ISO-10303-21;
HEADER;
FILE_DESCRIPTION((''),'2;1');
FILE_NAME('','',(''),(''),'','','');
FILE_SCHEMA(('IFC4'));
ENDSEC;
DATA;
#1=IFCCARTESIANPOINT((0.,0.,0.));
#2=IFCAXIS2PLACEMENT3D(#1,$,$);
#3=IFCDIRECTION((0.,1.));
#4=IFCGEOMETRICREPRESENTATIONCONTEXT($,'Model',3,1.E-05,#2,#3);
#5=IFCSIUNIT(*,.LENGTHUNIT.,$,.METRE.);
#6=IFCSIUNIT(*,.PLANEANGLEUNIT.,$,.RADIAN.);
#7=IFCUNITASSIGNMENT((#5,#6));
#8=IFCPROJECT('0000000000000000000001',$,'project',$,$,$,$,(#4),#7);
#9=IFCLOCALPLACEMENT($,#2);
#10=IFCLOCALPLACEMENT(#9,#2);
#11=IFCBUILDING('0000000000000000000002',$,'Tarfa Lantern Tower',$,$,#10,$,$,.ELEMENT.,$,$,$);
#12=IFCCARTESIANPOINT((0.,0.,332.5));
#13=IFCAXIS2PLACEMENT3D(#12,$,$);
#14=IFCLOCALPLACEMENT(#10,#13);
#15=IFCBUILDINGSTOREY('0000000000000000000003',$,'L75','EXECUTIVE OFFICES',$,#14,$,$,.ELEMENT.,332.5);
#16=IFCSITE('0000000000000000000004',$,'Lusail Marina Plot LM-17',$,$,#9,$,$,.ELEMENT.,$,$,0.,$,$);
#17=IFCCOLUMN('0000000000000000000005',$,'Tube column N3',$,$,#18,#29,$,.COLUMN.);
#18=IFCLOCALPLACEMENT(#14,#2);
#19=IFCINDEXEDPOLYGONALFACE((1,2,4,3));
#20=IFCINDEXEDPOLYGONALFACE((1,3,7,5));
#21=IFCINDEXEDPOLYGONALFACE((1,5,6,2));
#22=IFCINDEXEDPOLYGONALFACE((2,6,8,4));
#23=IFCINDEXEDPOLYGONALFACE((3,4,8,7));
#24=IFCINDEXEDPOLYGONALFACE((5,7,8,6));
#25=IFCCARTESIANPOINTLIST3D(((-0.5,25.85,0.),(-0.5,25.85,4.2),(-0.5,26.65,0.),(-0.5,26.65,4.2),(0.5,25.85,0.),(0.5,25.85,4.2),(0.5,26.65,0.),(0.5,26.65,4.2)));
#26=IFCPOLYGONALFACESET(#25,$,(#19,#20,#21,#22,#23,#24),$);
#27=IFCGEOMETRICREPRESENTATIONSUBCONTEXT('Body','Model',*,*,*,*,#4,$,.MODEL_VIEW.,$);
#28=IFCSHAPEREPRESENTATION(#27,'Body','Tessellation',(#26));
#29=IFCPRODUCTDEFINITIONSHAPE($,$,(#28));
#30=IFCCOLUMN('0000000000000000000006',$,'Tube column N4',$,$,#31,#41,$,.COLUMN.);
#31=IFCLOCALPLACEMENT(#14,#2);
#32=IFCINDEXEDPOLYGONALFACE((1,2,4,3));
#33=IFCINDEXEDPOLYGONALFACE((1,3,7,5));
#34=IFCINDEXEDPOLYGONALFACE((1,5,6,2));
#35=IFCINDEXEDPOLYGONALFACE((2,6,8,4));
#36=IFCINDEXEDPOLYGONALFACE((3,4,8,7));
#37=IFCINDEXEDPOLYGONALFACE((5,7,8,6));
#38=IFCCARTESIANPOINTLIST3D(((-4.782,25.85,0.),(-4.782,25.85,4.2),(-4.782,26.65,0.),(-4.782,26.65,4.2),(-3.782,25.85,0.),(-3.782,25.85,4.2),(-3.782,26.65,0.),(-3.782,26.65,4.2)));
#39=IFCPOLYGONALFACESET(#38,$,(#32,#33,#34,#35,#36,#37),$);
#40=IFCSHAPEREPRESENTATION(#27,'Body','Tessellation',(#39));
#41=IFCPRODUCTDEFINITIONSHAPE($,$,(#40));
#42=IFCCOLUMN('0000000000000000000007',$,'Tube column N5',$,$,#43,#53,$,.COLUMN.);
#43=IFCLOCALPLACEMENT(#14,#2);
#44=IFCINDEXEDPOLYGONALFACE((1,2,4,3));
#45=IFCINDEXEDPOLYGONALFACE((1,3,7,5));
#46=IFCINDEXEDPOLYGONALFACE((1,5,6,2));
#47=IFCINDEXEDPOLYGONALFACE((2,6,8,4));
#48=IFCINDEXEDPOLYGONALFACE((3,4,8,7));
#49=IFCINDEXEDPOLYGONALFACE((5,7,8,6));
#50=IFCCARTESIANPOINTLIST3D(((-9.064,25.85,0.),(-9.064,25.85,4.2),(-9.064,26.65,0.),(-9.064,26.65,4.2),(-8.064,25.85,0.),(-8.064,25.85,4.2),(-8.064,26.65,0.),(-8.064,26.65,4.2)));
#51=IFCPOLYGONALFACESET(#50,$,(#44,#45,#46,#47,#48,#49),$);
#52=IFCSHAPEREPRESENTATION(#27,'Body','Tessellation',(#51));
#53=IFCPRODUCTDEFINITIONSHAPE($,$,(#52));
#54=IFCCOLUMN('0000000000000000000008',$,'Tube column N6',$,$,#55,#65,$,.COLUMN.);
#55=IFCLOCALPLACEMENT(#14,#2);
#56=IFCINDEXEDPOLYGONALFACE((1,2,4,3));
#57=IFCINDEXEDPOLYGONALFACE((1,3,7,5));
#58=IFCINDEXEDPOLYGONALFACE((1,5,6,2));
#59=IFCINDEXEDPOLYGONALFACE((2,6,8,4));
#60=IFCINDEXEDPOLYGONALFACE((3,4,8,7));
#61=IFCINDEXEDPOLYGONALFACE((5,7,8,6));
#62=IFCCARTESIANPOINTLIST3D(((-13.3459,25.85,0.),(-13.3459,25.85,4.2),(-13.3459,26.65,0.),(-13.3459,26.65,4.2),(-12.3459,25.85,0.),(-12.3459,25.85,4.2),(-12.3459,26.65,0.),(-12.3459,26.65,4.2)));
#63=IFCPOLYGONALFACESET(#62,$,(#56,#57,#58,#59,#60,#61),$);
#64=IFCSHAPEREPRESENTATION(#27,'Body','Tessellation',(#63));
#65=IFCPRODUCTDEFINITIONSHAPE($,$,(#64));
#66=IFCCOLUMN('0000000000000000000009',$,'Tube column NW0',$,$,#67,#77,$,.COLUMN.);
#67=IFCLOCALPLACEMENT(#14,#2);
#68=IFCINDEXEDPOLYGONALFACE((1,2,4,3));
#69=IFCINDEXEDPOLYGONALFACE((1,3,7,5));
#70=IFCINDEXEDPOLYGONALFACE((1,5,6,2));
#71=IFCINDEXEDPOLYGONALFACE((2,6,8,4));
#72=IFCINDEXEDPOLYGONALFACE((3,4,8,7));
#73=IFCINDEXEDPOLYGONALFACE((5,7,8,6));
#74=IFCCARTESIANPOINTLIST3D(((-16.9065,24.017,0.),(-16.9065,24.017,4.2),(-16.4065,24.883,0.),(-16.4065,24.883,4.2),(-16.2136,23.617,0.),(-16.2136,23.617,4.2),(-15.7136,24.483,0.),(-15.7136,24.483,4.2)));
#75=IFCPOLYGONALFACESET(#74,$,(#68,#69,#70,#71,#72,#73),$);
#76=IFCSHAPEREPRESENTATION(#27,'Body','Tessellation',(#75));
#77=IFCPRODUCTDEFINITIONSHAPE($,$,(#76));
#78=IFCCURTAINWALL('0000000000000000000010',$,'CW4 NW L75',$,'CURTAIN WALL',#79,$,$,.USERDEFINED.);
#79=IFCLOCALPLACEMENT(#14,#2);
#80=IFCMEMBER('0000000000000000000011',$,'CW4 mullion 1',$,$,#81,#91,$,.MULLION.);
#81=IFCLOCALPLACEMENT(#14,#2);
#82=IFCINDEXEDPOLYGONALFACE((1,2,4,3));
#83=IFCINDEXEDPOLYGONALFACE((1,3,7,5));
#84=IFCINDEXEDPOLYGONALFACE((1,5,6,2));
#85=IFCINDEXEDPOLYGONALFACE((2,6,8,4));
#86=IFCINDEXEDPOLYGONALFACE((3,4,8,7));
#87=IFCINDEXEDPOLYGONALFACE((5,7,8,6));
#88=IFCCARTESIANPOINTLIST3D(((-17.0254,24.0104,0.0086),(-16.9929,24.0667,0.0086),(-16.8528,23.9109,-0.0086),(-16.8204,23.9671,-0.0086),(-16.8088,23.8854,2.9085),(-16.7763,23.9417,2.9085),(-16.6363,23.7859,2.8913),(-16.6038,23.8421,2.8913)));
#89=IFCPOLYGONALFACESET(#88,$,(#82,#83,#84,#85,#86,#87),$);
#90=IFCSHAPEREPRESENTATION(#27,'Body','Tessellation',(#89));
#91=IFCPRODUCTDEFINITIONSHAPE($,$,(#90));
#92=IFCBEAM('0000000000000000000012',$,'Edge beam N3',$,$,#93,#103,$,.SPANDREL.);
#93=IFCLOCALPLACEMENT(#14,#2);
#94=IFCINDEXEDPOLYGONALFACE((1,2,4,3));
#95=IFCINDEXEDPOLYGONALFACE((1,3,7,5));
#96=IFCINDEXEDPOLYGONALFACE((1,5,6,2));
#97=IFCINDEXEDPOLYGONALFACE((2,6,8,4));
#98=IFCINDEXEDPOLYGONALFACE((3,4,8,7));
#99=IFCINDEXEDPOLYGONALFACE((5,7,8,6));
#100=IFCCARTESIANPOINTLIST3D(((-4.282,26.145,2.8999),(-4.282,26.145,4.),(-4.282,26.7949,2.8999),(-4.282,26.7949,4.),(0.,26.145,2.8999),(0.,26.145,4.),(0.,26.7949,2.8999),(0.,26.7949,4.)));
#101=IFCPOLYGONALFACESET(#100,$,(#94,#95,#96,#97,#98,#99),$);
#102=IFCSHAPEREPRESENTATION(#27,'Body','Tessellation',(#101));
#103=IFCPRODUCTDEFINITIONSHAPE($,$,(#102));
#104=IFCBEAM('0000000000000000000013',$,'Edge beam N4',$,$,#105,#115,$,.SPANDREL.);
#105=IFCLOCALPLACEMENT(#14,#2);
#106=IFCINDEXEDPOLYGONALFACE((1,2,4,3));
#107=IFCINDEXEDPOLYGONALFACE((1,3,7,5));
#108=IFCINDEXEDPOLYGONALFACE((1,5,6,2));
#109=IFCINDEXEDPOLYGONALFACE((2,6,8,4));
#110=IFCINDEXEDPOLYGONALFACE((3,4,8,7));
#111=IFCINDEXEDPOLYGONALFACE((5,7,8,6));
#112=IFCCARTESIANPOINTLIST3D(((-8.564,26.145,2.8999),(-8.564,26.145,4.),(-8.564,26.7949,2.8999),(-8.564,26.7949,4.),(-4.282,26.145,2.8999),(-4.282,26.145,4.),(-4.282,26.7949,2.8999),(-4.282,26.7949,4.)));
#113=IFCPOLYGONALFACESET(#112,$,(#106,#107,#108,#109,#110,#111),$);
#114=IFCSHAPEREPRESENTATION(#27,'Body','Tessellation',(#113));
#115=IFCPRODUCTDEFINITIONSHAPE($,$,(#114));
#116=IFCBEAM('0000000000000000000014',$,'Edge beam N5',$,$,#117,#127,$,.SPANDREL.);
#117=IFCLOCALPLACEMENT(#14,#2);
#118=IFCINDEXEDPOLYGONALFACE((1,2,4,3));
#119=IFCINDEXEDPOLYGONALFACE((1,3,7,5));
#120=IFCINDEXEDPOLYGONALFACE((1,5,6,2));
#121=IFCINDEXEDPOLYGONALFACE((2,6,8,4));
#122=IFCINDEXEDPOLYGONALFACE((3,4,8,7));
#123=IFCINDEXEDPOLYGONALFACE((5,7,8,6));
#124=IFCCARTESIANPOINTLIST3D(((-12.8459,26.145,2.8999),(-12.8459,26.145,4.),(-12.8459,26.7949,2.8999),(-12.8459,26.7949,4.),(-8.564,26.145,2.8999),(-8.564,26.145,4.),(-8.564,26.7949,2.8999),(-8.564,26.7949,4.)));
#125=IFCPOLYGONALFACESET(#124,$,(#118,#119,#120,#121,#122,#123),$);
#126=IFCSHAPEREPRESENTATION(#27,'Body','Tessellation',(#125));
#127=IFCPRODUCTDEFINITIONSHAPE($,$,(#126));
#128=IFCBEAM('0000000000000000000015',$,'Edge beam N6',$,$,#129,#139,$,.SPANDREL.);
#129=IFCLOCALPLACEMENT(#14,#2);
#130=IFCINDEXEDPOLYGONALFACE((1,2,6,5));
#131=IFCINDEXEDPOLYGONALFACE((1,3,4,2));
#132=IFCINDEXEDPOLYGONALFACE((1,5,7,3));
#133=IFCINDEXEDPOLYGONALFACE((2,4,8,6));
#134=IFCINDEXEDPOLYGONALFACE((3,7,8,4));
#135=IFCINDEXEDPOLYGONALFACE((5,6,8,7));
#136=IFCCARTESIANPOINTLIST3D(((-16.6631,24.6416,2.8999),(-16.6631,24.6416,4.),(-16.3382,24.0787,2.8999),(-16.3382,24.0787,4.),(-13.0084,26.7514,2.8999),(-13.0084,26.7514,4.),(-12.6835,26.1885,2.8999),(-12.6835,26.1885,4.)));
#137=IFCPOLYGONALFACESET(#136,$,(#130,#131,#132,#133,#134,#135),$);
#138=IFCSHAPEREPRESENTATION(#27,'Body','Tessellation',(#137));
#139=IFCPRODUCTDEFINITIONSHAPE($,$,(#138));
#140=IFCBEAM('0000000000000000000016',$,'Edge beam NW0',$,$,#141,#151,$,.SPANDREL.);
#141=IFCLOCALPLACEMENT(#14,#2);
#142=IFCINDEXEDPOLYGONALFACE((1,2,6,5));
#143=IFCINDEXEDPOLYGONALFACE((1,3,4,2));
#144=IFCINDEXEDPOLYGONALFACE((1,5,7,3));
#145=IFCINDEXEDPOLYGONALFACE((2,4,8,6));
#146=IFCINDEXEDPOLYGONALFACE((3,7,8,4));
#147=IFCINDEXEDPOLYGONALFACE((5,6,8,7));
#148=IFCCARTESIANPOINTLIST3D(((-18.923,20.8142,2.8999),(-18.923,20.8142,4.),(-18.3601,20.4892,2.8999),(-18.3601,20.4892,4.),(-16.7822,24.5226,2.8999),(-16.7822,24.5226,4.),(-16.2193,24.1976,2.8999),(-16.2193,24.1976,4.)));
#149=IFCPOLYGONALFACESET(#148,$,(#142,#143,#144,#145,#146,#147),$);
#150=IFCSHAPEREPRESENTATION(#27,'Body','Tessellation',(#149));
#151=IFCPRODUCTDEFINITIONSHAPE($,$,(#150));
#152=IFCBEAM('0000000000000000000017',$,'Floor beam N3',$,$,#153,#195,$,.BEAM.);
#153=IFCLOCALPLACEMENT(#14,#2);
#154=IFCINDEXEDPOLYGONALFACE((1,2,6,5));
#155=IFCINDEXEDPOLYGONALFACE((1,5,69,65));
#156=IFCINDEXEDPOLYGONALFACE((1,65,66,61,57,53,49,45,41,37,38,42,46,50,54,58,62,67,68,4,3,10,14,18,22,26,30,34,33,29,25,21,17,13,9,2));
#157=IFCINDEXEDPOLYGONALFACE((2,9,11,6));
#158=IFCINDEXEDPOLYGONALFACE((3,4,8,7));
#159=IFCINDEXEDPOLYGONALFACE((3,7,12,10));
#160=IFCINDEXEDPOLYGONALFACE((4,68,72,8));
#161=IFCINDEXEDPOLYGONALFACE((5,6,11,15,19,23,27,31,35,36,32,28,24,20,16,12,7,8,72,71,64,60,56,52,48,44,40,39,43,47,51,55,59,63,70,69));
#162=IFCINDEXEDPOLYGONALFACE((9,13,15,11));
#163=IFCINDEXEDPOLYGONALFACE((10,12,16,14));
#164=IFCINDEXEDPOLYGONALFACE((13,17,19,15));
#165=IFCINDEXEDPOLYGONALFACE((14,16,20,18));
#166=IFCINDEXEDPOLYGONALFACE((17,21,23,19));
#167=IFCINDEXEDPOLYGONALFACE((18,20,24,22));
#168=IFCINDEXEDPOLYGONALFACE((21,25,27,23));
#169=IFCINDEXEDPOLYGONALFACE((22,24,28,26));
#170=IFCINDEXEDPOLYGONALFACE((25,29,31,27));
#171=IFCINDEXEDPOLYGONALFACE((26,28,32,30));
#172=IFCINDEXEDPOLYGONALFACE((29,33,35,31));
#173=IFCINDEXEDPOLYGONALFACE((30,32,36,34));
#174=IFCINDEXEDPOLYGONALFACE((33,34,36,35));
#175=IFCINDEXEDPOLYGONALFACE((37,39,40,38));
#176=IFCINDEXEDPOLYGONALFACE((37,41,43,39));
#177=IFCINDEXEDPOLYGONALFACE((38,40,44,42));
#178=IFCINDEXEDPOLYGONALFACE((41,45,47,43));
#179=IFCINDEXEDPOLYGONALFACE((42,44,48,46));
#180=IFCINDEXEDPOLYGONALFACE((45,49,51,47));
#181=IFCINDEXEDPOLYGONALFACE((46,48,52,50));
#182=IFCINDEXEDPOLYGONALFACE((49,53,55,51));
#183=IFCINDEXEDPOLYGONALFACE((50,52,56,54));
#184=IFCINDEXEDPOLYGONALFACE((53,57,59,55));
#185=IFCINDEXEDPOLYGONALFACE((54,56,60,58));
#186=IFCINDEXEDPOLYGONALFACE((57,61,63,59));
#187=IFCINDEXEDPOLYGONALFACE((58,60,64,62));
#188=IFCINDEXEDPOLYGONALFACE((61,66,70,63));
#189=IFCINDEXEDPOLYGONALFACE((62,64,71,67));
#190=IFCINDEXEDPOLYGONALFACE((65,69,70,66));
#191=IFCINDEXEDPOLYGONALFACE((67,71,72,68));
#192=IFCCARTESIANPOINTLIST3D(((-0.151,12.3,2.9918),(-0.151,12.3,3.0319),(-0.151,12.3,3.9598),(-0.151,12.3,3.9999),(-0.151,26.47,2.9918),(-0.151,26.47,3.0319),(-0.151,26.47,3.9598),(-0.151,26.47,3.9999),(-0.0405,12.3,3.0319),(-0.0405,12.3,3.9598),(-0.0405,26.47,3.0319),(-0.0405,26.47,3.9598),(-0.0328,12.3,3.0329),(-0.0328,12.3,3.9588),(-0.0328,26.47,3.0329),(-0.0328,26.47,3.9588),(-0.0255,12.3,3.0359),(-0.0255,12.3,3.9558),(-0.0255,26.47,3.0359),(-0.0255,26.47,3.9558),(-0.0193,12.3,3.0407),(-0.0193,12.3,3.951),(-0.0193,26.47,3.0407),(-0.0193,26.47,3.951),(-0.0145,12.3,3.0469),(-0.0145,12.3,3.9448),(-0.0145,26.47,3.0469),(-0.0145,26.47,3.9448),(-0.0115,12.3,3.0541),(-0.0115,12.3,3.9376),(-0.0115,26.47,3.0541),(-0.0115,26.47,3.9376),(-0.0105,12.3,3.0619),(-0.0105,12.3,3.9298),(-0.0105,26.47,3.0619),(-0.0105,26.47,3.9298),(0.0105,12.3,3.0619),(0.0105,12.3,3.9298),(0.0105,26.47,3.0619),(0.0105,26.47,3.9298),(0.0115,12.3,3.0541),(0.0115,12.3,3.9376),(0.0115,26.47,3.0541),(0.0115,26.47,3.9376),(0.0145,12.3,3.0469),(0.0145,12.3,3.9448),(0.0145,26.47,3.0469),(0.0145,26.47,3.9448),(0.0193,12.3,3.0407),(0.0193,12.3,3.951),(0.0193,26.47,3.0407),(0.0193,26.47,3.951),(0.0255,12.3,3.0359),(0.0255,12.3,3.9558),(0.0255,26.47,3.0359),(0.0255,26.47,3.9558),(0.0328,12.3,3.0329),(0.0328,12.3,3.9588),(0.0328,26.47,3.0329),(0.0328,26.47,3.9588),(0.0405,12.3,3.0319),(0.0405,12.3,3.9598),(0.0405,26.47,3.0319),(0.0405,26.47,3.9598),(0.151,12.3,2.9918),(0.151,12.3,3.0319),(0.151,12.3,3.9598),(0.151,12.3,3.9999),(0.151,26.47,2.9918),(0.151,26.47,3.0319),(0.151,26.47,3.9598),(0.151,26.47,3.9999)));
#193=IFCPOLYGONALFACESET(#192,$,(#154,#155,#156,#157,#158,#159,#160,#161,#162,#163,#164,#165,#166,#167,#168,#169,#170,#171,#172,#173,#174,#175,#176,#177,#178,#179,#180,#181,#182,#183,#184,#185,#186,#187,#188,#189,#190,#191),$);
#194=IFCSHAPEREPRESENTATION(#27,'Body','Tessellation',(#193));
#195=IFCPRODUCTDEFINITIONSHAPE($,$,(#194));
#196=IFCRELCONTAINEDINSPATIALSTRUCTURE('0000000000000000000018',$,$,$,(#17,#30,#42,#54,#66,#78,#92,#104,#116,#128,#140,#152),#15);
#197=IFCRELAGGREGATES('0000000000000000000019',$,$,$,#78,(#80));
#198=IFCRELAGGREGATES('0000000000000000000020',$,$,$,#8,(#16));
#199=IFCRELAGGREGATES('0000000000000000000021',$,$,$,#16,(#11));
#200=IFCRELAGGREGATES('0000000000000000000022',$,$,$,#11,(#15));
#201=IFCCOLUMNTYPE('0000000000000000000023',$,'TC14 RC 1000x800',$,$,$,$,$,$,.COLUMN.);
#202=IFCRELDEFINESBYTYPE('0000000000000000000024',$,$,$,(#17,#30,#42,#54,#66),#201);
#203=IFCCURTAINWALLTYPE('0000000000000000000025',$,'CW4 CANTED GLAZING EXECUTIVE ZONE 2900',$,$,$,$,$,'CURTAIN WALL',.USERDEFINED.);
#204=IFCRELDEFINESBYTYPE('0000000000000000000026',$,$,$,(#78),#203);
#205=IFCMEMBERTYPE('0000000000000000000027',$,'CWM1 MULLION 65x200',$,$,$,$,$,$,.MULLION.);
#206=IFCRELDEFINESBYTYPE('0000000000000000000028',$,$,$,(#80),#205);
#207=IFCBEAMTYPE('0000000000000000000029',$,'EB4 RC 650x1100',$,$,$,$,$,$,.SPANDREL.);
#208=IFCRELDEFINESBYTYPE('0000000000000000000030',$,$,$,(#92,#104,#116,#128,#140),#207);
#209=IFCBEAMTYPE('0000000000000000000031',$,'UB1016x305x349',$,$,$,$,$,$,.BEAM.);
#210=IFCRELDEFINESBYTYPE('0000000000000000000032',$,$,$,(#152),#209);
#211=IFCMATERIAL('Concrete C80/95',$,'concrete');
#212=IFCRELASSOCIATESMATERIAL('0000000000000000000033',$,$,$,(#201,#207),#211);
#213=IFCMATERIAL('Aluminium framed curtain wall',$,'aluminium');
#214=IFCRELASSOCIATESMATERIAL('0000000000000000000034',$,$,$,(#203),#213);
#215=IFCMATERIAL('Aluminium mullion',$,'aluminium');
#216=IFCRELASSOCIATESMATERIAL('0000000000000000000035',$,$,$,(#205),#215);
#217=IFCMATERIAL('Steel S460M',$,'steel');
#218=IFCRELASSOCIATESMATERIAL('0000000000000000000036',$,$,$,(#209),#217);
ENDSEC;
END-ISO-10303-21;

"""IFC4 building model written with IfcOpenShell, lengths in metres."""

from ifc_helpers import new_model, si_unit, direction, frame, origin, origin_2d, place, context, subcontext, project, spatial, rectangle, i_section, extrude, material, material_profile, profile_set, type_object, element, aggregate, save


model = new_model("IFC4")

# Units and contexts
model_context = context("Model", 3, precision=1e-05, world=origin(), true_north=direction((0.0, 1.0)))
body_context = subcontext(model_context, "Body", "Model", "MODEL_VIEW")
ifc_project = project(units=[si_unit("LENGTHUNIT", "METRE"), si_unit("PLANEANGLEUNIT", "RADIAN")], contexts=[model_context])

# Site, building, storey
site_placement = place(None, origin())
site = spatial("IfcSite", under=ifc_project, at=site_placement, Name="Lusail Marina Plot LM-17", CompositionType="ELEMENT", RefElevation=0.0)
building_placement = place(site_placement, origin())
building = spatial("IfcBuilding", under=site, at=building_placement, Name="Tarfa Lantern Tower", CompositionType="ELEMENT")
storey_placement = place(building_placement, frame((0.0, 0.0, 332.5)))
storey = spatial("IfcBuildingStorey", under=building, at=storey_placement, Name="L75", Description="EXECUTIVE OFFICES", CompositionType="ELEMENT", Elevation=332.5)

# Columns
ifc_material_1 = material(Name="Concrete C80/95", Category="concrete")
ifc_material_profile_1 = material_profile(ifc_material_1, rectangle(XDim=1.0, YDim=0.8, at=origin_2d()), Name="RC 1000x800")
ifc_profile_set_1 = profile_set([ifc_material_profile_1], Name="Concrete C80/95")
column_type = type_object("IfcColumnType", Name="TC14 RC 1000x800", PredefinedType="COLUMN", material=ifc_profile_set_1)
for number, where, z_axis, x_axis, name in (
    (1, (0.0, 26.25, 0.0), (0.0, 0.0, 1.0), (-1.0, 0.0, 0.0), "Tube column N3"),
    (2, (-4.282, 26.25, 0.0), (0.0, 0.0, 1.0), (-1.0, 0.0, 0.0), "Tube column N4"),
    (3, (-8.564, 26.25, 0.0), (0.0, 0.0, 1.0), (-1.0, 0.0, 0.0), "Tube column N5"),
    (4, (-12.8459, 26.25, 0.0), (0.0, 0.0, 1.0), (-1.0, 0.0, 0.0), "Tube column N6"),
    (5, (-16.3101, 24.25, 0.0), (0.0, 0.0, 1.0), (-0.5, -0.866025, 0.0), "Tube column NW0"),
):
    element("IfcColumn", number, at=place(storey_placement, frame(where, z_axis=z_axis, x_axis=x_axis)), inside=storey, type_object=column_type, Name=name, PredefinedType="COLUMN", context=body_context, shape_type="SweptSolid", body=[
        extrude(rectangle(XDim=1.0, YDim=0.8, at=origin_2d()), origin(), (0.0, 0.0, 1.0), 4.2),
    ])

# Curtain wall, member
ifc_material_2 = material(Name="Aluminium framed curtain wall", Category="aluminium")
curtain_wall_type = type_object("IfcCurtainWallType", Name="CW4 CANTED GLAZING EXECUTIVE ZONE 2900", ElementType="CURTAIN WALL", PredefinedType="USERDEFINED", material=ifc_material_2)
curtain_wall_placement = place(storey_placement, origin())
curtain_wall = element("IfcCurtainWall", 6, at=curtain_wall_placement, inside=storey, type_object=curtain_wall_type, Name="CW4 NW L75", ObjectType="CURTAIN WALL", PredefinedType="USERDEFINED")
ifc_material_3 = material(Name="Aluminium mullion", Category="aluminium")
ifc_material_profile_2 = material_profile(ifc_material_3, rectangle(XDim=0.0649, YDim=0.2, at=origin_2d()), Name="AL MULLION 65x200")
ifc_profile_set_2 = profile_set([ifc_material_profile_2], Name="Aluminium mullion")
member_type = type_object("IfcMemberType", Name="CWM1 MULLION 65x200", PredefinedType="MULLION", material=ifc_profile_set_2)
member_placement = place(storey_placement, frame((-16.9229, 23.9888, 0.0), z_axis=(0.0744, -0.042946, 0.996303), x_axis=(0.49992, 0.866072, 0.0)))
member = element("IfcMember", 7, at=member_placement, type_object=member_type, Name="CW4 mullion 1", PredefinedType="MULLION", context=body_context, shape_type="SweptSolid", body=[
    extrude(rectangle(XDim=0.0649, YDim=0.2, at=origin_2d()), origin(), (0.0, 0.0, 1.0), 2.9106),
])

# Beams
ifc_material_profile_3 = material_profile(ifc_material_1, rectangle(XDim=0.6499, YDim=1.1001, at=origin_2d()), Name="RC 650x1100")
ifc_profile_set_3 = profile_set([ifc_material_profile_3], Name="Concrete C80/95")
beam_type_1 = type_object("IfcBeamType", Name="EB4 RC 650x1100", PredefinedType="SPANDREL", material=ifc_profile_set_3)
for number, where, z_axis, x_axis, name in (
    (8, (0.0, 26.47, 3.45), (-1.0, 0.0, 0.0), (0.0, -1.0, 0.0), "Edge beam N3"),
    (9, (-4.282, 26.47, 3.45), (-1.0, 0.0, 0.0), (0.0, -1.0, 0.0), "Edge beam N4"),
    (10, (-8.564, 26.47, 3.45), (-1.0, 0.0, 0.0), (0.0, -1.0, 0.0), "Edge beam N5"),
):
    element("IfcBeam", number, at=place(storey_placement, frame(where, z_axis=z_axis, x_axis=x_axis)), inside=storey, type_object=beam_type_1, Name=name, PredefinedType="SPANDREL", context=body_context, shape_type="SweptSolid", body=[
        extrude(rectangle(XDim=0.6499, YDim=1.1001, at=origin_2d()), origin(), (0.0, 0.0, 1.0), 4.282),
    ])
beam_1_placement = place(storey_placement, frame((-12.8459, 26.47, 3.45), z_axis=(-0.866049, -0.499959, 0.0), x_axis=(0.499959, -0.866049, 0.0)))
element("IfcBeam", 11, at=beam_1_placement, inside=storey, type_object=beam_type_1, Name="Edge beam N6", PredefinedType="SPANDREL", context=body_context, shape_type="SweptSolid", body=[
    extrude(rectangle(XDim=0.6499, YDim=1.1001, at=origin_2d()), origin(), (0.0, 0.0, 1.0), 4.22),
])
beam_2_placement = place(storey_placement, frame((-16.5007, 24.3601, 3.45), z_axis=(-0.499959, -0.866049, 0.0), x_axis=(0.866049, -0.499959, 0.0)))
element("IfcBeam", 12, at=beam_2_placement, inside=storey, type_object=beam_type_1, Name="Edge beam NW0", PredefinedType="SPANDREL", context=body_context, shape_type="SweptSolid", body=[
    extrude(rectangle(XDim=0.6499, YDim=1.1001, at=origin_2d()), origin(), (0.0, 0.0, 1.0), 4.282),
])
ifc_material_4 = material(Name="Steel S460M", Category="steel")
ifc_material_profile_4 = material_profile(ifc_material_4, i_section(OverallWidth=0.302, OverallDepth=1.0081, WebThickness=0.021, FlangeThickness=0.04, FilletRadius=0.03, at=origin_2d()), Name="UB1016x305x349")
ifc_profile_set_4 = profile_set([ifc_material_profile_4], Name="Steel S460M")
beam_type_2 = type_object("IfcBeamType", Name="UB1016x305x349", PredefinedType="BEAM", material=ifc_profile_set_4)
for number, where, z_axis, x_axis, name in (
    (13, (0.0, 26.47, 3.4958), (0.0, -1.0, 0.0), (1.0, 0.0, 0.0), "Floor beam N3"),
):
    element("IfcBeam", number, at=place(storey_placement, frame(where, z_axis=z_axis, x_axis=x_axis)), inside=storey, type_object=beam_type_2, Name=name, PredefinedType="BEAM", context=body_context, shape_type="SweptSolid", body=[
        extrude(i_section(OverallWidth=0.302, OverallDepth=1.0081, WebThickness=0.021, FlangeThickness=0.04, FilletRadius=0.03, at=origin_2d()), origin(), (0.0, 0.0, 1.0), 14.1699),
    ])

aggregate(curtain_wall, [member])

save(model, "model.ifc")
